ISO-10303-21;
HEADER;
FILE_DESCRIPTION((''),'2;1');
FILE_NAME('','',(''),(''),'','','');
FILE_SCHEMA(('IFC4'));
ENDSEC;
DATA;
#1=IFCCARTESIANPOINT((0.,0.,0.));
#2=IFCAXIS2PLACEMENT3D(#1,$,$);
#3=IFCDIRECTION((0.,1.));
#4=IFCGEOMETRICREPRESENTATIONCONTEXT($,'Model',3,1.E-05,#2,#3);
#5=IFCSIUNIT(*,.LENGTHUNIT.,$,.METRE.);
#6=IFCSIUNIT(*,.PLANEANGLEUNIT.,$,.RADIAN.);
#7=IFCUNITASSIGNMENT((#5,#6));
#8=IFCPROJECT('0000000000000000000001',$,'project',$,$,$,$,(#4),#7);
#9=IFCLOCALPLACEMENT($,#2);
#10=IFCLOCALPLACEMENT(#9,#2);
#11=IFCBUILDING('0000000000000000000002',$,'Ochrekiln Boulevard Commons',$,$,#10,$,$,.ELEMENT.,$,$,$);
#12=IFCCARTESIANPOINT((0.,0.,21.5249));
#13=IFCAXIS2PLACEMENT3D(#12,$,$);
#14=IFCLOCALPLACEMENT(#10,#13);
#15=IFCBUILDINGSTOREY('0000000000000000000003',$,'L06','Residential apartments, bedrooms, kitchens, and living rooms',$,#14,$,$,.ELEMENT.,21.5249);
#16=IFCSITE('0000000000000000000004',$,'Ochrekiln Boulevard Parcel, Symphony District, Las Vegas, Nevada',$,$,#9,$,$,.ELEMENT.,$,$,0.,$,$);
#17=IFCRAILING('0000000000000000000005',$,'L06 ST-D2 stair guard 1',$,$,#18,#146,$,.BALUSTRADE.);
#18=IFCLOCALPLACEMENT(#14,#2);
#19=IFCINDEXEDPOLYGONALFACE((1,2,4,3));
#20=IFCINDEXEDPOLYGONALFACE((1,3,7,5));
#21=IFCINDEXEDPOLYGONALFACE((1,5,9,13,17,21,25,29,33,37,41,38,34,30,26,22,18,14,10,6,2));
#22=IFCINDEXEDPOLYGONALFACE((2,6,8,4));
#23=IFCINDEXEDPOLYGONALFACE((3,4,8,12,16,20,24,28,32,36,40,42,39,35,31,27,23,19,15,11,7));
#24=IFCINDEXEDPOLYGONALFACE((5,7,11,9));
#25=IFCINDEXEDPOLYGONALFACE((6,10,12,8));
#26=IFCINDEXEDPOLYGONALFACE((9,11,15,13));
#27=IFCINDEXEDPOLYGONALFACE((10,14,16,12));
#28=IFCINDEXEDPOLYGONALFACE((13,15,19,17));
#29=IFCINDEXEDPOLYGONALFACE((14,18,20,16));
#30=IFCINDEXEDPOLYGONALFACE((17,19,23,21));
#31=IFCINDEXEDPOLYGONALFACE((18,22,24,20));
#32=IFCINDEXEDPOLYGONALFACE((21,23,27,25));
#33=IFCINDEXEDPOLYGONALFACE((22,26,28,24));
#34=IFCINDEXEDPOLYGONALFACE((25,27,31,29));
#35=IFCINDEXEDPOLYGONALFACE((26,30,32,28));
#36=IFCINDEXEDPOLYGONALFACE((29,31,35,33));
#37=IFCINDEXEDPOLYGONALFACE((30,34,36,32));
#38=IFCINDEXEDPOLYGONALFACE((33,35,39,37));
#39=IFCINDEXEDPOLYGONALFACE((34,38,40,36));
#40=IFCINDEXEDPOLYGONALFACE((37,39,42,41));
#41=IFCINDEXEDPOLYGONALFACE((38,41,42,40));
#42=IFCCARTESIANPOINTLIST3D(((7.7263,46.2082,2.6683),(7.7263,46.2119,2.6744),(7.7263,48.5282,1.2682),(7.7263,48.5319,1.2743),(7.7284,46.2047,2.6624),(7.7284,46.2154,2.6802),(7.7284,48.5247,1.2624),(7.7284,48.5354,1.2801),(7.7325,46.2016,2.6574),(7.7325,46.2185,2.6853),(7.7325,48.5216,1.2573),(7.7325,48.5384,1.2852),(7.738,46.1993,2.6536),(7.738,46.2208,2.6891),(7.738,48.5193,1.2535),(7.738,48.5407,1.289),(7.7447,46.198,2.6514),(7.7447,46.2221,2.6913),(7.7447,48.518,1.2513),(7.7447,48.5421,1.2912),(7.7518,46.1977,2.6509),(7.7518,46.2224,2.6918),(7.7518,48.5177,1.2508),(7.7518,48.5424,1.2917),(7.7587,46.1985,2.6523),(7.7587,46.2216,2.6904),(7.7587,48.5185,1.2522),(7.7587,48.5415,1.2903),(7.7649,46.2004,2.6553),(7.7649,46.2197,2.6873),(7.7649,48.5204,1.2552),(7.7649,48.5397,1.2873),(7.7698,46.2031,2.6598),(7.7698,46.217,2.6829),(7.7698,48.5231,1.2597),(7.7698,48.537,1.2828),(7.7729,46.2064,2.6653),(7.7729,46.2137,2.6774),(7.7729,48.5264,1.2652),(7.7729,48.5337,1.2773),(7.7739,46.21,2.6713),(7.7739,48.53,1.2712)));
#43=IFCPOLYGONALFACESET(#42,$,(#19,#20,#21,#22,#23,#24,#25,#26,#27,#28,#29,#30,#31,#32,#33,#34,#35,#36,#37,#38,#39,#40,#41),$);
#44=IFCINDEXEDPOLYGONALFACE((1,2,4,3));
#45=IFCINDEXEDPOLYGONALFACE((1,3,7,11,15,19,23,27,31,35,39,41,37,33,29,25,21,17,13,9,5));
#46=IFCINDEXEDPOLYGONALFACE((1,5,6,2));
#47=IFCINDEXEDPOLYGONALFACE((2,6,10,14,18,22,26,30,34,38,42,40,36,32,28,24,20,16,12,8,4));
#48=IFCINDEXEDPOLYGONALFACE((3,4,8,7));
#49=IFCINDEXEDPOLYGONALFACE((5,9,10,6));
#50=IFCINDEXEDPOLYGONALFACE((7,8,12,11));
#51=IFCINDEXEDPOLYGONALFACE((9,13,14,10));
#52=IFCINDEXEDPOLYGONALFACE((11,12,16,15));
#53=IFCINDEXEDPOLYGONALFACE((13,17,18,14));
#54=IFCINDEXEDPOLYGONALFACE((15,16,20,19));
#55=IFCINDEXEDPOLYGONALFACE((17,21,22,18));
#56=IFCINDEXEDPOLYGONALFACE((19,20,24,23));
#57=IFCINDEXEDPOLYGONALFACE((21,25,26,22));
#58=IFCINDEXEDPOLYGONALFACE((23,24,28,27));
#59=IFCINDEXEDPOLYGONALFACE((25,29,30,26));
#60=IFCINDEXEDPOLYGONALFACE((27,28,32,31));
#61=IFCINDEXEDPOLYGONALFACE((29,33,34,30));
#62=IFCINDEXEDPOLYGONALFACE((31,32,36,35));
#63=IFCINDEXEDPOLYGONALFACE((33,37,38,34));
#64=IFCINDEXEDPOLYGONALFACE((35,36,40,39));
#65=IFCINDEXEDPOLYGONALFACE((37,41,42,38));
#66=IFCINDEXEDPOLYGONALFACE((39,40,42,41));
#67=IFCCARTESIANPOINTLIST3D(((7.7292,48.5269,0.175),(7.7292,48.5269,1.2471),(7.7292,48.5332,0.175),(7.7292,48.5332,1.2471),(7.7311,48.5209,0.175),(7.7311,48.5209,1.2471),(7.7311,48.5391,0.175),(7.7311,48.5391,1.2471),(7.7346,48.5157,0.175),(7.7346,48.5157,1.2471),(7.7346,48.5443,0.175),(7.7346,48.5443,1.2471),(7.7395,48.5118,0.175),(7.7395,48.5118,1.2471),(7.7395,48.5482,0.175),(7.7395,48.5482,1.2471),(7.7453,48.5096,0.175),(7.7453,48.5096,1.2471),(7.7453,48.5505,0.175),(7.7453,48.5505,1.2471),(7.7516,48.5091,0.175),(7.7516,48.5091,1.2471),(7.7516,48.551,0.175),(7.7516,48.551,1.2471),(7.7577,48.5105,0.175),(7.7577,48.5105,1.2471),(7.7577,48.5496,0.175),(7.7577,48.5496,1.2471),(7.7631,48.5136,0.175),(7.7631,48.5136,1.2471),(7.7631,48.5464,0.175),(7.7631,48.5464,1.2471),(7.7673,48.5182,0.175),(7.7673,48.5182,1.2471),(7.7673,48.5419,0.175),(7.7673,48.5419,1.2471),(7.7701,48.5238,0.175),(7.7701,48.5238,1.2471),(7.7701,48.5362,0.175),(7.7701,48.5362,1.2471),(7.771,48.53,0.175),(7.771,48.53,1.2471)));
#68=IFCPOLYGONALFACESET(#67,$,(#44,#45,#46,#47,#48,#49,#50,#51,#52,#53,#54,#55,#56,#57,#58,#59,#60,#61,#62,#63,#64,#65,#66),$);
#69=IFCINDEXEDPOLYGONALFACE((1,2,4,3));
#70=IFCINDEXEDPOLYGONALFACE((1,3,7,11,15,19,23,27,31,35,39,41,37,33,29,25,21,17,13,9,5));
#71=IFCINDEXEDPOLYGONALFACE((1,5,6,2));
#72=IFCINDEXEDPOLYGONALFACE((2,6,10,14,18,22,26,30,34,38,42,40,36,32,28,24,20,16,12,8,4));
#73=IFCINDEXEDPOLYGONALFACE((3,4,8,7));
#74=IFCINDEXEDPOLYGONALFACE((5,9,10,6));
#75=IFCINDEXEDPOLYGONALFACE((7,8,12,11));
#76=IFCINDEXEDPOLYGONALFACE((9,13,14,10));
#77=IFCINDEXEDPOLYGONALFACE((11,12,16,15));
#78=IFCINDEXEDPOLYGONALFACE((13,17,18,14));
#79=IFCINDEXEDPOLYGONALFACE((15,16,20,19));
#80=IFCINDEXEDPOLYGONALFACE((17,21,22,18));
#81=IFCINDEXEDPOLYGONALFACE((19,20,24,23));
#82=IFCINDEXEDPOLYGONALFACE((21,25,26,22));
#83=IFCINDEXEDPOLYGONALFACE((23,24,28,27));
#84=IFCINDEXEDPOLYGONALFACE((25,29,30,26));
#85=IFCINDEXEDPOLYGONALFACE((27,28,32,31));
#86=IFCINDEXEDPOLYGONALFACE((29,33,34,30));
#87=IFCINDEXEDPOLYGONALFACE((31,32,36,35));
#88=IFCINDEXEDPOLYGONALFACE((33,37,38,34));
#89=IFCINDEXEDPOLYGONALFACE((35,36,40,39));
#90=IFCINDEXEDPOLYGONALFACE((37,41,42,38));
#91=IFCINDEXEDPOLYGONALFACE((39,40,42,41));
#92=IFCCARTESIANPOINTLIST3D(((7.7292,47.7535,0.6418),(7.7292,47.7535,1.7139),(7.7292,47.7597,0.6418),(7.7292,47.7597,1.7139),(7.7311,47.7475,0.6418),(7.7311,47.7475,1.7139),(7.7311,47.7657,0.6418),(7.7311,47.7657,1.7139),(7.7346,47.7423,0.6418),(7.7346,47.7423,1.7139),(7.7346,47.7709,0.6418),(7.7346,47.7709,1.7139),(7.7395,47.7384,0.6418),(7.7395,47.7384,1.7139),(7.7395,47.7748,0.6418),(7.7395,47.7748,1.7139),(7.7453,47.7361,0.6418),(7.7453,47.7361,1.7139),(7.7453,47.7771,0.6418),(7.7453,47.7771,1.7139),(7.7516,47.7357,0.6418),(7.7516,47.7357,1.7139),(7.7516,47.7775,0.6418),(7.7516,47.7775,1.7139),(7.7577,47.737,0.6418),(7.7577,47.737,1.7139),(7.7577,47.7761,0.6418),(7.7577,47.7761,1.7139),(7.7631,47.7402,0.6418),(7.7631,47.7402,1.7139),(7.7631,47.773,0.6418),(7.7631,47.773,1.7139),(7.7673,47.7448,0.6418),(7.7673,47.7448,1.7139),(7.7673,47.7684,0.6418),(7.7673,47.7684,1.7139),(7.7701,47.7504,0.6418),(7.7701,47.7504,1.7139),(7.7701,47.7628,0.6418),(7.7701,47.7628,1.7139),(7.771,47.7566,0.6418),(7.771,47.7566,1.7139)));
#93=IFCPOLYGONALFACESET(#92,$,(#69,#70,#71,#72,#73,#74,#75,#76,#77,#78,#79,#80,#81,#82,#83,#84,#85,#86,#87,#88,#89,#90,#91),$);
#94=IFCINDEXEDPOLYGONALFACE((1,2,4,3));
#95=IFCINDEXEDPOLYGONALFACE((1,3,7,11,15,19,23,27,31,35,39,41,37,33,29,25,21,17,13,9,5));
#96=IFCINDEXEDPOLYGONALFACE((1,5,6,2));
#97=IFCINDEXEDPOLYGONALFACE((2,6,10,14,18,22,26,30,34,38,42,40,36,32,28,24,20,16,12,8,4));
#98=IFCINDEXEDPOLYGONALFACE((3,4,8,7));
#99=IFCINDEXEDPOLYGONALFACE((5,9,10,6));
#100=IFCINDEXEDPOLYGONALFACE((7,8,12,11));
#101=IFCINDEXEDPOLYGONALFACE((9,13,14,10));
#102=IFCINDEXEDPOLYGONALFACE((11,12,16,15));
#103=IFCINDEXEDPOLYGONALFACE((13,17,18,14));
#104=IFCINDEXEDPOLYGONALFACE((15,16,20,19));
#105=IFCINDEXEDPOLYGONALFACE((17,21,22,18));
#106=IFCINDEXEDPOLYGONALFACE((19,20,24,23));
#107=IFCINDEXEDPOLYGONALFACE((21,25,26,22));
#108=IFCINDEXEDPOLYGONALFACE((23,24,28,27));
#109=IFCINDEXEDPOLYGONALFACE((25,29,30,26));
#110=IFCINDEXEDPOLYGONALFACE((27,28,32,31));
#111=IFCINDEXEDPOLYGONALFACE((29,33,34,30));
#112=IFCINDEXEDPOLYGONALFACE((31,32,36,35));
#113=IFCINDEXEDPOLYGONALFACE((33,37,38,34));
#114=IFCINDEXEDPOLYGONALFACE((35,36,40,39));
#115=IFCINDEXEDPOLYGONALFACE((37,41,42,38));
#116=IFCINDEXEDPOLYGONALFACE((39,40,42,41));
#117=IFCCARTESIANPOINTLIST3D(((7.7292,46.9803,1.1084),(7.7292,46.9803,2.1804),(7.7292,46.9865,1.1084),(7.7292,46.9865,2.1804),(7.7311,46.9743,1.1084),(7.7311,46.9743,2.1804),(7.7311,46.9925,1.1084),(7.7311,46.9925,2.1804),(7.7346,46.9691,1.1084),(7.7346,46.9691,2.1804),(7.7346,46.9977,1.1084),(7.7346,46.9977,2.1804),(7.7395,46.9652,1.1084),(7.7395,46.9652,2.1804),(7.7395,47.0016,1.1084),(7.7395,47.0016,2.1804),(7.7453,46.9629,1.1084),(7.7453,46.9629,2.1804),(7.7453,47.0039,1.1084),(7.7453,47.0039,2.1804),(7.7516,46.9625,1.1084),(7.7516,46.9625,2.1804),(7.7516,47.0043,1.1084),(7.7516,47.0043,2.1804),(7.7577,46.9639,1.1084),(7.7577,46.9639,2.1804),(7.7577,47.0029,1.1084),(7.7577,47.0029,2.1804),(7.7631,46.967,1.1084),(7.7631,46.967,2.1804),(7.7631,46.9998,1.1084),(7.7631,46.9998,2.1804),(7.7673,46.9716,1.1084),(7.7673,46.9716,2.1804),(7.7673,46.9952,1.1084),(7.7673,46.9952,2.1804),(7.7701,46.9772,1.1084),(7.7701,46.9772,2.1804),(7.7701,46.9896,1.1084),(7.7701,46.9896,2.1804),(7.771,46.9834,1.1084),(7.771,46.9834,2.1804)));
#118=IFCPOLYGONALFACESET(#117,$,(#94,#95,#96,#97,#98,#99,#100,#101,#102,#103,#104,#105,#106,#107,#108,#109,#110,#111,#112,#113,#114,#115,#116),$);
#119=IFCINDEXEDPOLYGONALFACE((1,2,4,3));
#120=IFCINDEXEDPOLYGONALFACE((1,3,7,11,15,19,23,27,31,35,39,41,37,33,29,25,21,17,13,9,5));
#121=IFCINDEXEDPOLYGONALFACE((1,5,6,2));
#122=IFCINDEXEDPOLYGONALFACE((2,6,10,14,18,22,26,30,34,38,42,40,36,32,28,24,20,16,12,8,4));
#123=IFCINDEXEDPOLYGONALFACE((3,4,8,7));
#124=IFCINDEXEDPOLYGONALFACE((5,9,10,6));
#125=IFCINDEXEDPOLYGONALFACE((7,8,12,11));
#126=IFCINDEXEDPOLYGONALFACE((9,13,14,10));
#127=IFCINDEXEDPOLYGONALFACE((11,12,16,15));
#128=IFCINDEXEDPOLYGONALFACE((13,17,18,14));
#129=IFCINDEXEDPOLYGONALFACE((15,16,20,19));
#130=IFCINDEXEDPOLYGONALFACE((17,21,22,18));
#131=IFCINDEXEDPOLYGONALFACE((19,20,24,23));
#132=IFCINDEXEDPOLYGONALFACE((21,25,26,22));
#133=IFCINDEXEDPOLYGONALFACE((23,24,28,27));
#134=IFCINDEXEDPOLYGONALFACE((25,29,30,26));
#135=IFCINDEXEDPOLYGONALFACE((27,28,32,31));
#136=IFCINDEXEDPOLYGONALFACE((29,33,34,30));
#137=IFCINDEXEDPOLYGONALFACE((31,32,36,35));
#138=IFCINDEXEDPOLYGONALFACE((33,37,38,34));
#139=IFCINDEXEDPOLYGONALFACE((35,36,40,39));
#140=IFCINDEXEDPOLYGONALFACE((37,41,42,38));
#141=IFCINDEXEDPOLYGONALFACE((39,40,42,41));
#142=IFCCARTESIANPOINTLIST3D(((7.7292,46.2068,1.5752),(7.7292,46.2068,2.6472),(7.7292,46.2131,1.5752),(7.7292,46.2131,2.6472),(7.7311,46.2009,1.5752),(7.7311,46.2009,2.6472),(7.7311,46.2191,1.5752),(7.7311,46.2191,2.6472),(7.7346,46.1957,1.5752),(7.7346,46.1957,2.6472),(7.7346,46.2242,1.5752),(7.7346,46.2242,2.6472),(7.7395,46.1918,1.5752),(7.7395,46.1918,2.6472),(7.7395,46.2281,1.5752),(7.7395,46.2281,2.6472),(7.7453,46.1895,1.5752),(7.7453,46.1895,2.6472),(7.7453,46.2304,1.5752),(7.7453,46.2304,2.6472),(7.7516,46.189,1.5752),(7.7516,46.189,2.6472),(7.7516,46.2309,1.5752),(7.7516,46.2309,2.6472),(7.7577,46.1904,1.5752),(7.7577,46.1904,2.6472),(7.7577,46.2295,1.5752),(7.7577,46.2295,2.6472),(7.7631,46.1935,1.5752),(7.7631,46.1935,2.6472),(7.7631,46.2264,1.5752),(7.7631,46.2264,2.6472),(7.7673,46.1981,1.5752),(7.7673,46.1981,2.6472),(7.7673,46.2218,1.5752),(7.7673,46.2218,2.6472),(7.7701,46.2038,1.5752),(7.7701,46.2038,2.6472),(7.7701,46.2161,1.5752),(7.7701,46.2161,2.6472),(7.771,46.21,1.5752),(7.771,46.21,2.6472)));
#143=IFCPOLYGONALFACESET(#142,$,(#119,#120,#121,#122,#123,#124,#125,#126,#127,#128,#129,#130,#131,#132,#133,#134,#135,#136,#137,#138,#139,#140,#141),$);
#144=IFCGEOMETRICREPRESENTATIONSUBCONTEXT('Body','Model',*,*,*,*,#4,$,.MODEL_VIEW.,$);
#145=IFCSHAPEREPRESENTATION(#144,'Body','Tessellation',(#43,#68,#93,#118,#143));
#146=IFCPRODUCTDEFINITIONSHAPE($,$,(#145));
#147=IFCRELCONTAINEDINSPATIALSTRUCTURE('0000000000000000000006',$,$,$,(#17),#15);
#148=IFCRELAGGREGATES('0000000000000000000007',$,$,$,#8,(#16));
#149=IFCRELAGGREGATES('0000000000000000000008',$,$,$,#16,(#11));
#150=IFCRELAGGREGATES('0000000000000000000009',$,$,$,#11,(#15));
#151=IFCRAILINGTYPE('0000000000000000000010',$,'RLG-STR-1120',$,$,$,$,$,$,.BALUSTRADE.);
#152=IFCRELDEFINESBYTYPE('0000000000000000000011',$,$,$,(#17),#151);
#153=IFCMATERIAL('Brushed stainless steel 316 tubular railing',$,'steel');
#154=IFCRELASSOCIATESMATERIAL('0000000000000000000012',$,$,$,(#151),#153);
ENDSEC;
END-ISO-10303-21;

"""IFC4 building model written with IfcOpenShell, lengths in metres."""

from ifc_helpers import new_model, si_unit, direction, frame, origin, origin_2d, place, context, subcontext, project, spatial, circle, extrude, material, type_object, element, save


model = new_model("IFC4")

# Units and contexts
model_context = context("Model", 3, precision=1e-05, world=origin(), true_north=direction((0.0, 1.0)))
body_context = subcontext(model_context, "Body", "Model", "MODEL_VIEW")
ifc_project = project(units=[si_unit("LENGTHUNIT", "METRE"), si_unit("PLANEANGLEUNIT", "RADIAN")], contexts=[model_context])

# Site, building, storey
site_placement = place(None, origin())
site = spatial("IfcSite", under=ifc_project, at=site_placement, Name="Ochrekiln Boulevard Parcel, Symphony District, Las Vegas, Nevada", CompositionType="ELEMENT", RefElevation=0.0)
building_placement = place(site_placement, origin())
building = spatial("IfcBuilding", under=site, at=building_placement, Name="Ochrekiln Boulevard Commons", CompositionType="ELEMENT")
storey_placement = place(building_placement, frame((0.0, 0.0, 21.5249)))
storey = spatial("IfcBuildingStorey", under=building, at=storey_placement, Name="L06", Description="Residential apartments, bedrooms, kitchens, and living rooms", CompositionType="ELEMENT", Elevation=21.5249)

# Railing
ifc_material_1 = material(Name="Brushed stainless steel 316 tubular railing", Category="steel")
railing_type_1 = type_object("IfcRailingType", Name="RLG-STR-1120", PredefinedType="BALUSTRADE", material=ifc_material_1)
railing_1_placement = place(storey_placement, frame((7.75, 48.53, 0.175)))
element("IfcRailing", 1, at=railing_1_placement, inside=storey, type_object=railing_type_1, Name="L06 ST-D2 stair guard 1", PredefinedType="BALUSTRADE", context=body_context, shape_type="SweptSolid", body=[
    extrude(circle(Radius=0.0239, at=origin_2d()), frame((0.0, 0.0, 1.0962), z_axis=(0.0, -0.85617, 0.516693), x_axis=(1.0, 0.0, 0.0)), (0.0, 0.0, 1.0), 2.7097),
    extrude(circle(Radius=0.021, at=origin_2d()), origin(), (0.0, 0.0, 1.0), 1.072),
    extrude(circle(Radius=0.021, at=origin_2d()), frame((0.0, -0.7734, 0.4668)), (0.0, 0.0, 1.0), 1.072),
    extrude(circle(Radius=0.021, at=origin_2d()), frame((0.0, -1.5466, 0.9333)), (0.0, 0.0, 1.0), 1.072),
    extrude(circle(Radius=0.021, at=origin_2d()), frame((0.0, -2.3201, 1.4001)), (0.0, 0.0, 1.0), 1.072),
])

save(model, "model.ifc")
